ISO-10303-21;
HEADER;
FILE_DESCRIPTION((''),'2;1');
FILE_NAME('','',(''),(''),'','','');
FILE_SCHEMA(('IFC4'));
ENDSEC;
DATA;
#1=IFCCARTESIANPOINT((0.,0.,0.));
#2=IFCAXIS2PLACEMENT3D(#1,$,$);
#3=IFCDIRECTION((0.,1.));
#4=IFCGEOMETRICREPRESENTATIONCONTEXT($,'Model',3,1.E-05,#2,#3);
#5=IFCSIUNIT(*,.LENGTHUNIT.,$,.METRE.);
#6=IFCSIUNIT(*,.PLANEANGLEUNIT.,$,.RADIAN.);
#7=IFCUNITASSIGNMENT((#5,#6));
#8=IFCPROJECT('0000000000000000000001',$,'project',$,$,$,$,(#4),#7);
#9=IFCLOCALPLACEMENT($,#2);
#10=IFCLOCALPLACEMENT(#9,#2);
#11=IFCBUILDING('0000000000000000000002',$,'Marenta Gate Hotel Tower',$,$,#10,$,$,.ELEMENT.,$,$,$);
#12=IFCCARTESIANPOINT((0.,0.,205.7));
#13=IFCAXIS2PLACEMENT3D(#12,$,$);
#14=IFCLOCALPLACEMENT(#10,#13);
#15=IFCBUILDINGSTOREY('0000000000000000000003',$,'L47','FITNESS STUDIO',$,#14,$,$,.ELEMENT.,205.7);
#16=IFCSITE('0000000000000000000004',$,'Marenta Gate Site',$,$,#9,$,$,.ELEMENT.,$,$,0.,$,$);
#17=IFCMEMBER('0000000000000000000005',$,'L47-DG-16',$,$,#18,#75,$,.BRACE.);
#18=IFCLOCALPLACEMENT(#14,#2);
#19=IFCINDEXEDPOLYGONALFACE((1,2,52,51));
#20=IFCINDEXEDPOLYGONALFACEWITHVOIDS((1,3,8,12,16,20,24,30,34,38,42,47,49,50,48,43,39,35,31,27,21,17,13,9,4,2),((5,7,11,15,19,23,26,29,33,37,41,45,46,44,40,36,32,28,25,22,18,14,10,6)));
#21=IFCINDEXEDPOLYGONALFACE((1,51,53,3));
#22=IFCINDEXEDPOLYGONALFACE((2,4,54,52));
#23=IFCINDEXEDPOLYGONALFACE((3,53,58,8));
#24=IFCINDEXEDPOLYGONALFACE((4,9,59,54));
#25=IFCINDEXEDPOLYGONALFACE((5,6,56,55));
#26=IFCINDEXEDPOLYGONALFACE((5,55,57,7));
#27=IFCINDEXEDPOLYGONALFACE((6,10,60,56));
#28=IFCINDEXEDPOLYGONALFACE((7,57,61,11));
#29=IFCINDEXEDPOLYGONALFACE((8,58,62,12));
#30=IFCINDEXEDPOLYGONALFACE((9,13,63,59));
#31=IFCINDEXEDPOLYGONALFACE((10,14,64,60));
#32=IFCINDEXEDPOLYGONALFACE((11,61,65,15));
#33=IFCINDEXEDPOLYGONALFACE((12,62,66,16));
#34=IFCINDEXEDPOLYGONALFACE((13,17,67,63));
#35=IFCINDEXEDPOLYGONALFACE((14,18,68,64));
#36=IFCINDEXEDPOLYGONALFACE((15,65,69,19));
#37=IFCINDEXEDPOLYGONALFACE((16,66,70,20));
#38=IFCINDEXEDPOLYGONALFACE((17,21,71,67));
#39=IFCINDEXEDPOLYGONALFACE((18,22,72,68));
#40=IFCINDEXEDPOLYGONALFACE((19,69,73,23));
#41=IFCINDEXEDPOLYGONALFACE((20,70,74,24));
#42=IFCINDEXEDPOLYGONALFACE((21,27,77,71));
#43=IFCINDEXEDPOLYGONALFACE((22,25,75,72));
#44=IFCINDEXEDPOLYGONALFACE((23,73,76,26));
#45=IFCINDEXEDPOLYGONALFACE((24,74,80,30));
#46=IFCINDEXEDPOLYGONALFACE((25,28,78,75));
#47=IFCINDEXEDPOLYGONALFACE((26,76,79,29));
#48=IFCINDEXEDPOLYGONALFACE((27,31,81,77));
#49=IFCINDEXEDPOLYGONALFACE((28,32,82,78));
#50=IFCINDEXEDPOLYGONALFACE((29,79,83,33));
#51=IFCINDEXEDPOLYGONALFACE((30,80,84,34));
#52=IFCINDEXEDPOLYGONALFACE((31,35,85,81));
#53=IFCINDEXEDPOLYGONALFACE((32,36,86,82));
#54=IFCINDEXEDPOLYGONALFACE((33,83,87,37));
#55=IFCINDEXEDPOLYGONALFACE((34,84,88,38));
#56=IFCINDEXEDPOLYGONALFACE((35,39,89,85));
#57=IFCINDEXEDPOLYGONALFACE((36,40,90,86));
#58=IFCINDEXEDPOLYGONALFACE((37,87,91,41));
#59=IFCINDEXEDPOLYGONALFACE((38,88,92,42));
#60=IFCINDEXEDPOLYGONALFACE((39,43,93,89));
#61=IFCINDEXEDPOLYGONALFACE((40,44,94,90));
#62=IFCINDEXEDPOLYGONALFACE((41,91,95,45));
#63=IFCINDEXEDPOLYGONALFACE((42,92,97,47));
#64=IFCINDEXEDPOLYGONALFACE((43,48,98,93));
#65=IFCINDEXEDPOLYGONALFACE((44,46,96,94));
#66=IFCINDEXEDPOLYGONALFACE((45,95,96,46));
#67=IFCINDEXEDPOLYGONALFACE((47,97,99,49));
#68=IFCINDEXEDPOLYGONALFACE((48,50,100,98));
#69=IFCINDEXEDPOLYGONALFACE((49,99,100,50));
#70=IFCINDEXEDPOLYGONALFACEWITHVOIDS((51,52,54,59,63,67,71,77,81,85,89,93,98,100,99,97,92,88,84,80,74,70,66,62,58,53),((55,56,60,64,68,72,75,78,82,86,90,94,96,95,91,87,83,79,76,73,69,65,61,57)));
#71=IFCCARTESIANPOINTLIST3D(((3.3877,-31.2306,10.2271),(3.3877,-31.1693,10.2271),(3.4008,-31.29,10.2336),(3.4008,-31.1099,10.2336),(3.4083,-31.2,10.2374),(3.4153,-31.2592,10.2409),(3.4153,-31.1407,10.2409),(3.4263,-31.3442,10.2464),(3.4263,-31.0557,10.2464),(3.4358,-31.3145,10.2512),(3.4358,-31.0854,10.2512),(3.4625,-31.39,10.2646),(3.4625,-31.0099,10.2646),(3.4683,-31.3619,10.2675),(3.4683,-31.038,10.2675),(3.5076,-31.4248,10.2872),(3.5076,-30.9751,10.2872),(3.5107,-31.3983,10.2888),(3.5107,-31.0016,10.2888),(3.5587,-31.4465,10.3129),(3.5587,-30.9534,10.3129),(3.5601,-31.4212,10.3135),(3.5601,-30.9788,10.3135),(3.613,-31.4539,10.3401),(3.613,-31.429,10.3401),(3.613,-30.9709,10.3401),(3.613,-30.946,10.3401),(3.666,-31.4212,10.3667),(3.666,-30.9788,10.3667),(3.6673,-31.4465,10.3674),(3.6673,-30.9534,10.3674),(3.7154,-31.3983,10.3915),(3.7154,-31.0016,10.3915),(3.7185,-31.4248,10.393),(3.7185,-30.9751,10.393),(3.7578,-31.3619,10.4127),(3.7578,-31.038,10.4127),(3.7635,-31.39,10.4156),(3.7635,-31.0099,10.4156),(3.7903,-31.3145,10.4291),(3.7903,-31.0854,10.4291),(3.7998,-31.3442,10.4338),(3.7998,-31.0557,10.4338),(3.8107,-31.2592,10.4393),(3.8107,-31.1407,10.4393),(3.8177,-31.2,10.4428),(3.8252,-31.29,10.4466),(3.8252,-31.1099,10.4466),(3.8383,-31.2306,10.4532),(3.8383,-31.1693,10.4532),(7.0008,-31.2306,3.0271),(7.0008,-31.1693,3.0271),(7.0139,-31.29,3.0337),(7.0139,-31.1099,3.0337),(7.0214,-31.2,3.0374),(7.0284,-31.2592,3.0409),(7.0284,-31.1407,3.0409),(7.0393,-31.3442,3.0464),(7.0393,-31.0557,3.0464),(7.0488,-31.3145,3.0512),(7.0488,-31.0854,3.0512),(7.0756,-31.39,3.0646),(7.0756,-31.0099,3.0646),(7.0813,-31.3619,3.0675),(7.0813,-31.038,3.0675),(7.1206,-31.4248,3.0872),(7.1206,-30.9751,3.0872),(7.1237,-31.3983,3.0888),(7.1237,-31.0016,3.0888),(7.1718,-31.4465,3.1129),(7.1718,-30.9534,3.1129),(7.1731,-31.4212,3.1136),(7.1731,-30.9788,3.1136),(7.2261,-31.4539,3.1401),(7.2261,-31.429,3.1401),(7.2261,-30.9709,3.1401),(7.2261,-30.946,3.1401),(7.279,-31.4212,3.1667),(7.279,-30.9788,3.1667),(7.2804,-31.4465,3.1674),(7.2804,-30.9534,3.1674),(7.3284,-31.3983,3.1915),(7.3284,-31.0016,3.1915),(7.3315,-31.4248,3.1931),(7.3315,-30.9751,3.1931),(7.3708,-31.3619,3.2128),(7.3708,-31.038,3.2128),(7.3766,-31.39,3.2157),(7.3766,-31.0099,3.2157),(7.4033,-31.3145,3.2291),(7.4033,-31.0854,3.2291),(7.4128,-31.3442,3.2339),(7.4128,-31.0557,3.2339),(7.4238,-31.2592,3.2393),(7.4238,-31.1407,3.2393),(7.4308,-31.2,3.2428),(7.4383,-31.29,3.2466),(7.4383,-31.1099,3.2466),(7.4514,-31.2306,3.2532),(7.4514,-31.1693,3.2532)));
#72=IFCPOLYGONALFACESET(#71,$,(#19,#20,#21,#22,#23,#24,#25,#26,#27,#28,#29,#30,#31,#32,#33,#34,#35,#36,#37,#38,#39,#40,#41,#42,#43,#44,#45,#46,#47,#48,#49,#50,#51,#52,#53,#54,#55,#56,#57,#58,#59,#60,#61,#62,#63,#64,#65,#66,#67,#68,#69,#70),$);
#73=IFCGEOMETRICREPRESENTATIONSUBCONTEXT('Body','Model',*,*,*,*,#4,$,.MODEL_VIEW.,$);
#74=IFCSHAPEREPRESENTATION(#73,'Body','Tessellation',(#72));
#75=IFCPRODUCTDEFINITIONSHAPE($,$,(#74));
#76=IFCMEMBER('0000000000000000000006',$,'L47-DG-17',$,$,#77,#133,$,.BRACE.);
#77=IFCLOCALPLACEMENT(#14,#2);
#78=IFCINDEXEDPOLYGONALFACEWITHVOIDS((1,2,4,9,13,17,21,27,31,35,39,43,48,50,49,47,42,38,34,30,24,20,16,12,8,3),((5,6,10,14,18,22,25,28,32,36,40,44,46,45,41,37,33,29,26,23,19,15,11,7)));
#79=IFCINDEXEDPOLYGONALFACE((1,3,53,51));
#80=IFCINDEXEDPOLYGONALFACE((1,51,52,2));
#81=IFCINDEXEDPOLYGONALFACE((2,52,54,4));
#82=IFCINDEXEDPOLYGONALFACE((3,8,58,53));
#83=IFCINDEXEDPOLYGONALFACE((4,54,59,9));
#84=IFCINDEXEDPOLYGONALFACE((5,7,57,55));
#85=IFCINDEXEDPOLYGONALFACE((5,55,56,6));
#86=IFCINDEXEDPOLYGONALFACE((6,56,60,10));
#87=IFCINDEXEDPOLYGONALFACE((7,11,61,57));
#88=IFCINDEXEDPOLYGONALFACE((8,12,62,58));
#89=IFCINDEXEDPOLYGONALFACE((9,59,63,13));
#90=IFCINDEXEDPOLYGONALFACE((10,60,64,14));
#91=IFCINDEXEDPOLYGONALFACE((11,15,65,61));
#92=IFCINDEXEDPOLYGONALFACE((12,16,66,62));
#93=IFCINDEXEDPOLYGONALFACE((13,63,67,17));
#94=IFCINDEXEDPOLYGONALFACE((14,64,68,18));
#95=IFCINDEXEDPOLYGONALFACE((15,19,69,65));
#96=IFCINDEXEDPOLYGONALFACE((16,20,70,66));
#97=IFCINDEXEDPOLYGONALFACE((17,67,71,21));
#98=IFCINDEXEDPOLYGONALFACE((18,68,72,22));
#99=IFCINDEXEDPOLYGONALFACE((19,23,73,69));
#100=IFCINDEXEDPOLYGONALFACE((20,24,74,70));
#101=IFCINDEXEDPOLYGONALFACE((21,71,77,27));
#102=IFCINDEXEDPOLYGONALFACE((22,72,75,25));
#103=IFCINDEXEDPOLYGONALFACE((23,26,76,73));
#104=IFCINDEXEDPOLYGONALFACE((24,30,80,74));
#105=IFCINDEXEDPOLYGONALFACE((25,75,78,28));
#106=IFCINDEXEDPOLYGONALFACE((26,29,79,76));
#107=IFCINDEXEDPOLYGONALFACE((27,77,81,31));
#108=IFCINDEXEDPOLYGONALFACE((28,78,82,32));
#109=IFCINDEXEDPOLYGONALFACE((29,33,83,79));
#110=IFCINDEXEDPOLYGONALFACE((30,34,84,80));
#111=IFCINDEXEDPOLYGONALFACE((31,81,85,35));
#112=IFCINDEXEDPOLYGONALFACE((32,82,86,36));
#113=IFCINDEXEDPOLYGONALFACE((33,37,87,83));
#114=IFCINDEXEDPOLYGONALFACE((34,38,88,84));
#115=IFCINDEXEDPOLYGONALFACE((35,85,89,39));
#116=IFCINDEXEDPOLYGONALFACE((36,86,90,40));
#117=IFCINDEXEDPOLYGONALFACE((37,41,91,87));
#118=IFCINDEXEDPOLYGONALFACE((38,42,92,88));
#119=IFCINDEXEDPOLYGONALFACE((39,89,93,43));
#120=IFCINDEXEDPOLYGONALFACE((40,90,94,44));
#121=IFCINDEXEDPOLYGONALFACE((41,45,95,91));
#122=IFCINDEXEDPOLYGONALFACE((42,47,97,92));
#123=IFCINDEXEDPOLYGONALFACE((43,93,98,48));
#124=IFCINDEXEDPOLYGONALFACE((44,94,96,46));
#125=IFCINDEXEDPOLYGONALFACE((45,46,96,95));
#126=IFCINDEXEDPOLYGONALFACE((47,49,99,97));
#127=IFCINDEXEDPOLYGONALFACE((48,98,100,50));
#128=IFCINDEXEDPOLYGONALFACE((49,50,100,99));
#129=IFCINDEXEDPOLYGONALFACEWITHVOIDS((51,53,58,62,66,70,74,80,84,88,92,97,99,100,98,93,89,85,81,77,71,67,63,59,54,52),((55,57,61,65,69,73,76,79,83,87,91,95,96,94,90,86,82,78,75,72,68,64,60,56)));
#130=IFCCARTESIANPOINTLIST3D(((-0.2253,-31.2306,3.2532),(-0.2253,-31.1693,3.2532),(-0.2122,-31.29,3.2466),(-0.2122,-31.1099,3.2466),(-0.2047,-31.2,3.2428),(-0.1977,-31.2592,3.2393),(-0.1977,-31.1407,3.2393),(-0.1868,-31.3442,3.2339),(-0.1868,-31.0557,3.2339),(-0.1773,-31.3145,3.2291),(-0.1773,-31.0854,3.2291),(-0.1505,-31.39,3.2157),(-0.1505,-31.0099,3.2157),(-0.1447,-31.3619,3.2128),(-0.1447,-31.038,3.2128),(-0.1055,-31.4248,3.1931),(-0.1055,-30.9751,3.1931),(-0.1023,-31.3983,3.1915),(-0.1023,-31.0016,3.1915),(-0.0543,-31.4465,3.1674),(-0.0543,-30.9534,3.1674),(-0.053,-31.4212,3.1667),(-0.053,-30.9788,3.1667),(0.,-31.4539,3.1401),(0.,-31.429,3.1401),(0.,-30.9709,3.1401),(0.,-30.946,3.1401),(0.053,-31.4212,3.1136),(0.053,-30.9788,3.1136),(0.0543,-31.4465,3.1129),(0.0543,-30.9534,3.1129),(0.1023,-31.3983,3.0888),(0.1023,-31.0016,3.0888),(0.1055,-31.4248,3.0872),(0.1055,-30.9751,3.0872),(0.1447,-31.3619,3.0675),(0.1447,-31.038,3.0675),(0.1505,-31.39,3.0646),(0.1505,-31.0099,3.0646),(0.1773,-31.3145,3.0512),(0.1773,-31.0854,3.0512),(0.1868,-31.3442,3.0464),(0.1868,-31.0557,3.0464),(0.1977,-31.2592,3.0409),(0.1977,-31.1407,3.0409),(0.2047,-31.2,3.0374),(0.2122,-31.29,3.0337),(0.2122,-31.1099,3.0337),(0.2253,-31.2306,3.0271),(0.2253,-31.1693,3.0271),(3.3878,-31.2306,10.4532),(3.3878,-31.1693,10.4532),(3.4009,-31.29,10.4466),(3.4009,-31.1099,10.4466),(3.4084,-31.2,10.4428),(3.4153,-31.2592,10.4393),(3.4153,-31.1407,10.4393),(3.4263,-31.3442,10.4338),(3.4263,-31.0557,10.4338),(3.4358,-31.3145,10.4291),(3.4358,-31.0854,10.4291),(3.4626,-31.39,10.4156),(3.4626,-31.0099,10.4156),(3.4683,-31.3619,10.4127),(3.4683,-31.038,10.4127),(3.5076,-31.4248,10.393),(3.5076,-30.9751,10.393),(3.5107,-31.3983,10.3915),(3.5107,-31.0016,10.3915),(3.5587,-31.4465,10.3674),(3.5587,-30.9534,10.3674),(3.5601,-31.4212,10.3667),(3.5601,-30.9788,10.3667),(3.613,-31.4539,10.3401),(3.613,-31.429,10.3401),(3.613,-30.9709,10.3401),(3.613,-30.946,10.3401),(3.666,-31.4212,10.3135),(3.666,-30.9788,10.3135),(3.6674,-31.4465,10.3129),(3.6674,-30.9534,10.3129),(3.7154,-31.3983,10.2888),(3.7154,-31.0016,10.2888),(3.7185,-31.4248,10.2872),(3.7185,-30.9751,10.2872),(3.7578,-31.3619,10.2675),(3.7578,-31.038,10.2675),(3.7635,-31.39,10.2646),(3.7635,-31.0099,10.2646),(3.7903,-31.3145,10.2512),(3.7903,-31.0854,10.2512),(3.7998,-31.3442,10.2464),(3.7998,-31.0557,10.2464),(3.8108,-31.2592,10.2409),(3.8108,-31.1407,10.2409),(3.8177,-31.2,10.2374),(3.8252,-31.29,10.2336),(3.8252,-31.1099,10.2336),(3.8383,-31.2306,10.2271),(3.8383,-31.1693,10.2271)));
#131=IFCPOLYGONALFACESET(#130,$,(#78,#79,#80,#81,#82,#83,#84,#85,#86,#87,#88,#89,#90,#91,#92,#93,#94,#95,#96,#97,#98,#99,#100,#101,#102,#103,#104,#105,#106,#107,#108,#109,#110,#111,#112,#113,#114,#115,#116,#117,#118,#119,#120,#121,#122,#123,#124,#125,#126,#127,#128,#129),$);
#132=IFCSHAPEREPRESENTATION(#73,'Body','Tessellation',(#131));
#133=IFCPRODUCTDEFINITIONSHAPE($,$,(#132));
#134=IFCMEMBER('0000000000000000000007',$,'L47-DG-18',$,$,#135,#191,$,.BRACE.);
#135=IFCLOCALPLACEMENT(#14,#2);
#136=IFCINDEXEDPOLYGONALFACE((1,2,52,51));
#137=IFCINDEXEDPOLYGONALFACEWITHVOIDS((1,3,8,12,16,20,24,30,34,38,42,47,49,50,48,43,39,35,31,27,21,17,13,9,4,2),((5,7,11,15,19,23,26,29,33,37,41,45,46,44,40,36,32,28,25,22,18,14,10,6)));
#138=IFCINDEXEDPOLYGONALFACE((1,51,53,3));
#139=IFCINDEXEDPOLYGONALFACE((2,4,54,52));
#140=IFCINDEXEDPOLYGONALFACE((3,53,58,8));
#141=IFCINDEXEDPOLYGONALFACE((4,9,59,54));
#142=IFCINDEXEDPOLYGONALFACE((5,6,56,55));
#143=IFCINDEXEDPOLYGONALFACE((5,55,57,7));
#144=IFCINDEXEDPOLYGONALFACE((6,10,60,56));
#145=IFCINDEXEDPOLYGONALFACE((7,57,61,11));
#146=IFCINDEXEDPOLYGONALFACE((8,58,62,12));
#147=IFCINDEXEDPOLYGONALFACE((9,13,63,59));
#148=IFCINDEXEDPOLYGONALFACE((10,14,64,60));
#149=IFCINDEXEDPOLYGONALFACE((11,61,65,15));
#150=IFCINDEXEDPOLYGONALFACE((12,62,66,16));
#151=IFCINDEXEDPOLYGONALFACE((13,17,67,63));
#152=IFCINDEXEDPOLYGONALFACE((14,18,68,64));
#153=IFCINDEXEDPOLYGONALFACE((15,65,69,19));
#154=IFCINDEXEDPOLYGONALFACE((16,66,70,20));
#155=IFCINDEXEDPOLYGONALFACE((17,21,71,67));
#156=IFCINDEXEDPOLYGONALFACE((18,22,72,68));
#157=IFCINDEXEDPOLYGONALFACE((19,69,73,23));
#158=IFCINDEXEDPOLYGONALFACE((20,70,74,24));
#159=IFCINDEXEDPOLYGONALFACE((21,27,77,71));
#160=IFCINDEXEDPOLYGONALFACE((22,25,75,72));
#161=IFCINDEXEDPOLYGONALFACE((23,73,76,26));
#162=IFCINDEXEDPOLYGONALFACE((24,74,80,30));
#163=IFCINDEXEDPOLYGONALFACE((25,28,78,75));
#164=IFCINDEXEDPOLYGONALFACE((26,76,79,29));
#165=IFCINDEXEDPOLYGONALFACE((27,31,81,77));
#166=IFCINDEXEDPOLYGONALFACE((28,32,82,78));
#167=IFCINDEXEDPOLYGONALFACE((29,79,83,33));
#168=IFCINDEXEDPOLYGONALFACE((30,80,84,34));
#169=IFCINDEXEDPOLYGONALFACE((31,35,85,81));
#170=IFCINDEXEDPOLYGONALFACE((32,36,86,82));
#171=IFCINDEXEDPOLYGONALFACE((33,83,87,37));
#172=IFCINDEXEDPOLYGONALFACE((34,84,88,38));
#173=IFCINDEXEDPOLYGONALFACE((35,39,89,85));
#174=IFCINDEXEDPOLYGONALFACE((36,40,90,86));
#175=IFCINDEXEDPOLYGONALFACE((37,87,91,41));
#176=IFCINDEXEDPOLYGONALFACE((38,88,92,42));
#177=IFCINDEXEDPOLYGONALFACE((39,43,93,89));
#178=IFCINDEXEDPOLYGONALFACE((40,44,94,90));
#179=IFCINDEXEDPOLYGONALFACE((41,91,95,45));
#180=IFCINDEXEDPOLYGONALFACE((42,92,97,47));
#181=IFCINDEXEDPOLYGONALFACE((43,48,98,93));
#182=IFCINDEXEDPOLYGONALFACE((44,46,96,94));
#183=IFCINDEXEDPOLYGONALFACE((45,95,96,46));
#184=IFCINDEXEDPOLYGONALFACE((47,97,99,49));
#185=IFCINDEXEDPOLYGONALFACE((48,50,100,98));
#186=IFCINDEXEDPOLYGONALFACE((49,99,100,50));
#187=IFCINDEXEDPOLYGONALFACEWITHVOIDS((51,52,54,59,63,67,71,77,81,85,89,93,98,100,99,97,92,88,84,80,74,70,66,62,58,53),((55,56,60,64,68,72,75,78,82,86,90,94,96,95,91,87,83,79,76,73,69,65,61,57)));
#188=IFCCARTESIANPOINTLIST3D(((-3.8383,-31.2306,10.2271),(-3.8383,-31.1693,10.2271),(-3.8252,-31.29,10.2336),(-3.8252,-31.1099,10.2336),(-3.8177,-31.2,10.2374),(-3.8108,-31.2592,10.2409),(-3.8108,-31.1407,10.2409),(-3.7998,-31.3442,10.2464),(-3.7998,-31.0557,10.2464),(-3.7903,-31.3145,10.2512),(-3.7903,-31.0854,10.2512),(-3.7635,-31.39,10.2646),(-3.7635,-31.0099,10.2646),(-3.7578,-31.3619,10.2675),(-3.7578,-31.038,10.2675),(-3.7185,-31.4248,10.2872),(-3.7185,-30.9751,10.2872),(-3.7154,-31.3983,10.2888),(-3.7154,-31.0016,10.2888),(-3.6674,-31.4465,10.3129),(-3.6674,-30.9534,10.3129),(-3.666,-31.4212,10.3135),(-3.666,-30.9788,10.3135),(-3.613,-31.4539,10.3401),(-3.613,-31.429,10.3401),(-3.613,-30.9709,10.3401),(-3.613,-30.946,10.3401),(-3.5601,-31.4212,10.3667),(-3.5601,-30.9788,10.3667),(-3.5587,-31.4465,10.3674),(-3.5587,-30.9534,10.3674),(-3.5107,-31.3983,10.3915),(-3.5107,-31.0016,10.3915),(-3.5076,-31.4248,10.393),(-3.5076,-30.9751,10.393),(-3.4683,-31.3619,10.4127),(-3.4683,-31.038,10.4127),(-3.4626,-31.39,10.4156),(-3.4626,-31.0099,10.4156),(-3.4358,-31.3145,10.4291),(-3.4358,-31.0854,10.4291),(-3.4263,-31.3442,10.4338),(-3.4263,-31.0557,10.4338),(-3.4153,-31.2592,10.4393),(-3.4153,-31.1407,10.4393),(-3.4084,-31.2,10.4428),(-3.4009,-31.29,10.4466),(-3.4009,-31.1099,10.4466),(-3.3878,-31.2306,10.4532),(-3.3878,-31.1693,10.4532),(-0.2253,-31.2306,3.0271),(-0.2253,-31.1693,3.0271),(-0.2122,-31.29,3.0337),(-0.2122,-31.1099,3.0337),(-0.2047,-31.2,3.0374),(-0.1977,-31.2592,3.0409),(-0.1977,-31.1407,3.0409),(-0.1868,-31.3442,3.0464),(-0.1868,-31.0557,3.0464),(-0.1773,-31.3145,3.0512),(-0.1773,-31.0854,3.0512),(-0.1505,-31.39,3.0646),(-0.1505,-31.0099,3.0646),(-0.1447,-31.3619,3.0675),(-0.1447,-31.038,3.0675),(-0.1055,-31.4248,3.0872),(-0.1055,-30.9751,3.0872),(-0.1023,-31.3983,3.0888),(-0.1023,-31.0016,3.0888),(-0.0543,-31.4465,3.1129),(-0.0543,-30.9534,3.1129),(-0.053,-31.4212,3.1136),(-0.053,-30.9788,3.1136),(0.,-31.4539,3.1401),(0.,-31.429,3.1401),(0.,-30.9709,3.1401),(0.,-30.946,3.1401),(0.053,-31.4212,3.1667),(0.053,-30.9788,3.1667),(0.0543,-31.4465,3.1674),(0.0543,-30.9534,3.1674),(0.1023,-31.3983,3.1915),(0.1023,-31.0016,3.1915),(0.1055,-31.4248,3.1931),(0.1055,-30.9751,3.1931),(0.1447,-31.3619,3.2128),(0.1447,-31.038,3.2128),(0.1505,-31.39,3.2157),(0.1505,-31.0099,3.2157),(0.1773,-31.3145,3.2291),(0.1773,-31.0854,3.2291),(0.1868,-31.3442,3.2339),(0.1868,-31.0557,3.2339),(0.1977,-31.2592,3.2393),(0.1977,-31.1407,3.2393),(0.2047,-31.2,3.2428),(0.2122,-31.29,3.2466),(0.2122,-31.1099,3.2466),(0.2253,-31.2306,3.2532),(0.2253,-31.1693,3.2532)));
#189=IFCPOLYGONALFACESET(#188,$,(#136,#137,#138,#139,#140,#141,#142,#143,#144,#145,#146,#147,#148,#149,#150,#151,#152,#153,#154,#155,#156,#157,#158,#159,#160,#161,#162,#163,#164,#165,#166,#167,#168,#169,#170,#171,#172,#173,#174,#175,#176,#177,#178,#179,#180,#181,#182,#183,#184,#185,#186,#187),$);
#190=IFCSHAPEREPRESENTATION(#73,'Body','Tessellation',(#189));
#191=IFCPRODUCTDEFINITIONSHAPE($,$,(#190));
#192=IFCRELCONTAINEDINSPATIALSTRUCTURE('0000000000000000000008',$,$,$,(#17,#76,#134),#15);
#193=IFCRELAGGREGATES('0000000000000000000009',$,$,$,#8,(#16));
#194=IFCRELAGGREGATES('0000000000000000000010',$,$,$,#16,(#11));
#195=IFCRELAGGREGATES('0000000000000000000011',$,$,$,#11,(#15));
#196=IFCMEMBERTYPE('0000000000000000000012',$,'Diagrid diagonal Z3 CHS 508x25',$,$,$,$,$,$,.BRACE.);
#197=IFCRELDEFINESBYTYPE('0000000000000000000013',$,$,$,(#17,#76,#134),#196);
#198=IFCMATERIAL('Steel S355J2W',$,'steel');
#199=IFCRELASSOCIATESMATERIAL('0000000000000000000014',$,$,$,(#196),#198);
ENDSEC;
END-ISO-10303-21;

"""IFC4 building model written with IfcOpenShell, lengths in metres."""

from ifc_helpers import new_model, si_unit, direction, frame, origin, origin_2d, place, context, subcontext, project, spatial, hollow_circle, extrude, material, material_profile, profile_set, type_object, element, save


model = new_model("IFC4")

# Units and contexts
model_context = context("Model", 3, precision=1e-05, world=origin(), true_north=direction((0.0, 1.0)))
body_context = subcontext(model_context, "Body", "Model", "MODEL_VIEW")
ifc_project = project(units=[si_unit("LENGTHUNIT", "METRE"), si_unit("PLANEANGLEUNIT", "RADIAN")], contexts=[model_context])

# Site, building, storey
site_placement = place(None, origin())
site = spatial("IfcSite", under=ifc_project, at=site_placement, Name="Marenta Gate Site", CompositionType="ELEMENT", RefElevation=0.0)
building_placement = place(site_placement, origin())
building = spatial("IfcBuilding", under=site, at=building_placement, Name="Marenta Gate Hotel Tower", CompositionType="ELEMENT")
storey_placement = place(building_placement, frame((0.0, 0.0, 205.7)))
storey = spatial("IfcBuildingStorey", under=building, at=storey_placement, Name="L47", Description="FITNESS STUDIO", CompositionType="ELEMENT", Elevation=205.7)

# Members
ifc_material_1 = material(Name="Steel S355J2W", Category="steel")
ifc_material_profile_1 = material_profile(ifc_material_1, hollow_circle(Radius=0.2539, WallThickness=0.0249, at=origin_2d()), Name="CHS 508x25")
ifc_profile_set_1 = profile_set([ifc_material_profile_1], Name="Steel S355J2W")
member_type_1 = type_object("IfcMemberType", Name="Diagrid diagonal Z3 CHS 508x25", PredefinedType="BRACE", material=ifc_profile_set_1)
for number, where, z_axis, x_axis, name in (
    (1, (7.2261, -31.2, 3.1401), (-0.44851, 0.0, 0.893778), (0.0, -1.0, 0.0), "L47-DG-16"),
    (2, (0.0, -31.2, 3.1401), (0.44851, 0.0, 0.893778), (0.0, 1.0, 0.0), "L47-DG-17"),
    (3, (0.0, -31.2, 3.1401), (-0.44851, 0.0, 0.893778), (0.0, -1.0, 0.0), "L47-DG-18"),
):
    element("IfcMember", number, at=place(storey_placement, frame(where, z_axis=z_axis, x_axis=x_axis)), inside=storey, type_object=member_type_1, Name=name, PredefinedType="BRACE", context=body_context, shape_type="SweptSolid", body=[
        extrude(hollow_circle(Radius=0.2539, WallThickness=0.0249, at=origin_2d()), origin(), (0.0, 0.0, 1.0), 8.0557),
    ])

save(model, "model.ifc")
